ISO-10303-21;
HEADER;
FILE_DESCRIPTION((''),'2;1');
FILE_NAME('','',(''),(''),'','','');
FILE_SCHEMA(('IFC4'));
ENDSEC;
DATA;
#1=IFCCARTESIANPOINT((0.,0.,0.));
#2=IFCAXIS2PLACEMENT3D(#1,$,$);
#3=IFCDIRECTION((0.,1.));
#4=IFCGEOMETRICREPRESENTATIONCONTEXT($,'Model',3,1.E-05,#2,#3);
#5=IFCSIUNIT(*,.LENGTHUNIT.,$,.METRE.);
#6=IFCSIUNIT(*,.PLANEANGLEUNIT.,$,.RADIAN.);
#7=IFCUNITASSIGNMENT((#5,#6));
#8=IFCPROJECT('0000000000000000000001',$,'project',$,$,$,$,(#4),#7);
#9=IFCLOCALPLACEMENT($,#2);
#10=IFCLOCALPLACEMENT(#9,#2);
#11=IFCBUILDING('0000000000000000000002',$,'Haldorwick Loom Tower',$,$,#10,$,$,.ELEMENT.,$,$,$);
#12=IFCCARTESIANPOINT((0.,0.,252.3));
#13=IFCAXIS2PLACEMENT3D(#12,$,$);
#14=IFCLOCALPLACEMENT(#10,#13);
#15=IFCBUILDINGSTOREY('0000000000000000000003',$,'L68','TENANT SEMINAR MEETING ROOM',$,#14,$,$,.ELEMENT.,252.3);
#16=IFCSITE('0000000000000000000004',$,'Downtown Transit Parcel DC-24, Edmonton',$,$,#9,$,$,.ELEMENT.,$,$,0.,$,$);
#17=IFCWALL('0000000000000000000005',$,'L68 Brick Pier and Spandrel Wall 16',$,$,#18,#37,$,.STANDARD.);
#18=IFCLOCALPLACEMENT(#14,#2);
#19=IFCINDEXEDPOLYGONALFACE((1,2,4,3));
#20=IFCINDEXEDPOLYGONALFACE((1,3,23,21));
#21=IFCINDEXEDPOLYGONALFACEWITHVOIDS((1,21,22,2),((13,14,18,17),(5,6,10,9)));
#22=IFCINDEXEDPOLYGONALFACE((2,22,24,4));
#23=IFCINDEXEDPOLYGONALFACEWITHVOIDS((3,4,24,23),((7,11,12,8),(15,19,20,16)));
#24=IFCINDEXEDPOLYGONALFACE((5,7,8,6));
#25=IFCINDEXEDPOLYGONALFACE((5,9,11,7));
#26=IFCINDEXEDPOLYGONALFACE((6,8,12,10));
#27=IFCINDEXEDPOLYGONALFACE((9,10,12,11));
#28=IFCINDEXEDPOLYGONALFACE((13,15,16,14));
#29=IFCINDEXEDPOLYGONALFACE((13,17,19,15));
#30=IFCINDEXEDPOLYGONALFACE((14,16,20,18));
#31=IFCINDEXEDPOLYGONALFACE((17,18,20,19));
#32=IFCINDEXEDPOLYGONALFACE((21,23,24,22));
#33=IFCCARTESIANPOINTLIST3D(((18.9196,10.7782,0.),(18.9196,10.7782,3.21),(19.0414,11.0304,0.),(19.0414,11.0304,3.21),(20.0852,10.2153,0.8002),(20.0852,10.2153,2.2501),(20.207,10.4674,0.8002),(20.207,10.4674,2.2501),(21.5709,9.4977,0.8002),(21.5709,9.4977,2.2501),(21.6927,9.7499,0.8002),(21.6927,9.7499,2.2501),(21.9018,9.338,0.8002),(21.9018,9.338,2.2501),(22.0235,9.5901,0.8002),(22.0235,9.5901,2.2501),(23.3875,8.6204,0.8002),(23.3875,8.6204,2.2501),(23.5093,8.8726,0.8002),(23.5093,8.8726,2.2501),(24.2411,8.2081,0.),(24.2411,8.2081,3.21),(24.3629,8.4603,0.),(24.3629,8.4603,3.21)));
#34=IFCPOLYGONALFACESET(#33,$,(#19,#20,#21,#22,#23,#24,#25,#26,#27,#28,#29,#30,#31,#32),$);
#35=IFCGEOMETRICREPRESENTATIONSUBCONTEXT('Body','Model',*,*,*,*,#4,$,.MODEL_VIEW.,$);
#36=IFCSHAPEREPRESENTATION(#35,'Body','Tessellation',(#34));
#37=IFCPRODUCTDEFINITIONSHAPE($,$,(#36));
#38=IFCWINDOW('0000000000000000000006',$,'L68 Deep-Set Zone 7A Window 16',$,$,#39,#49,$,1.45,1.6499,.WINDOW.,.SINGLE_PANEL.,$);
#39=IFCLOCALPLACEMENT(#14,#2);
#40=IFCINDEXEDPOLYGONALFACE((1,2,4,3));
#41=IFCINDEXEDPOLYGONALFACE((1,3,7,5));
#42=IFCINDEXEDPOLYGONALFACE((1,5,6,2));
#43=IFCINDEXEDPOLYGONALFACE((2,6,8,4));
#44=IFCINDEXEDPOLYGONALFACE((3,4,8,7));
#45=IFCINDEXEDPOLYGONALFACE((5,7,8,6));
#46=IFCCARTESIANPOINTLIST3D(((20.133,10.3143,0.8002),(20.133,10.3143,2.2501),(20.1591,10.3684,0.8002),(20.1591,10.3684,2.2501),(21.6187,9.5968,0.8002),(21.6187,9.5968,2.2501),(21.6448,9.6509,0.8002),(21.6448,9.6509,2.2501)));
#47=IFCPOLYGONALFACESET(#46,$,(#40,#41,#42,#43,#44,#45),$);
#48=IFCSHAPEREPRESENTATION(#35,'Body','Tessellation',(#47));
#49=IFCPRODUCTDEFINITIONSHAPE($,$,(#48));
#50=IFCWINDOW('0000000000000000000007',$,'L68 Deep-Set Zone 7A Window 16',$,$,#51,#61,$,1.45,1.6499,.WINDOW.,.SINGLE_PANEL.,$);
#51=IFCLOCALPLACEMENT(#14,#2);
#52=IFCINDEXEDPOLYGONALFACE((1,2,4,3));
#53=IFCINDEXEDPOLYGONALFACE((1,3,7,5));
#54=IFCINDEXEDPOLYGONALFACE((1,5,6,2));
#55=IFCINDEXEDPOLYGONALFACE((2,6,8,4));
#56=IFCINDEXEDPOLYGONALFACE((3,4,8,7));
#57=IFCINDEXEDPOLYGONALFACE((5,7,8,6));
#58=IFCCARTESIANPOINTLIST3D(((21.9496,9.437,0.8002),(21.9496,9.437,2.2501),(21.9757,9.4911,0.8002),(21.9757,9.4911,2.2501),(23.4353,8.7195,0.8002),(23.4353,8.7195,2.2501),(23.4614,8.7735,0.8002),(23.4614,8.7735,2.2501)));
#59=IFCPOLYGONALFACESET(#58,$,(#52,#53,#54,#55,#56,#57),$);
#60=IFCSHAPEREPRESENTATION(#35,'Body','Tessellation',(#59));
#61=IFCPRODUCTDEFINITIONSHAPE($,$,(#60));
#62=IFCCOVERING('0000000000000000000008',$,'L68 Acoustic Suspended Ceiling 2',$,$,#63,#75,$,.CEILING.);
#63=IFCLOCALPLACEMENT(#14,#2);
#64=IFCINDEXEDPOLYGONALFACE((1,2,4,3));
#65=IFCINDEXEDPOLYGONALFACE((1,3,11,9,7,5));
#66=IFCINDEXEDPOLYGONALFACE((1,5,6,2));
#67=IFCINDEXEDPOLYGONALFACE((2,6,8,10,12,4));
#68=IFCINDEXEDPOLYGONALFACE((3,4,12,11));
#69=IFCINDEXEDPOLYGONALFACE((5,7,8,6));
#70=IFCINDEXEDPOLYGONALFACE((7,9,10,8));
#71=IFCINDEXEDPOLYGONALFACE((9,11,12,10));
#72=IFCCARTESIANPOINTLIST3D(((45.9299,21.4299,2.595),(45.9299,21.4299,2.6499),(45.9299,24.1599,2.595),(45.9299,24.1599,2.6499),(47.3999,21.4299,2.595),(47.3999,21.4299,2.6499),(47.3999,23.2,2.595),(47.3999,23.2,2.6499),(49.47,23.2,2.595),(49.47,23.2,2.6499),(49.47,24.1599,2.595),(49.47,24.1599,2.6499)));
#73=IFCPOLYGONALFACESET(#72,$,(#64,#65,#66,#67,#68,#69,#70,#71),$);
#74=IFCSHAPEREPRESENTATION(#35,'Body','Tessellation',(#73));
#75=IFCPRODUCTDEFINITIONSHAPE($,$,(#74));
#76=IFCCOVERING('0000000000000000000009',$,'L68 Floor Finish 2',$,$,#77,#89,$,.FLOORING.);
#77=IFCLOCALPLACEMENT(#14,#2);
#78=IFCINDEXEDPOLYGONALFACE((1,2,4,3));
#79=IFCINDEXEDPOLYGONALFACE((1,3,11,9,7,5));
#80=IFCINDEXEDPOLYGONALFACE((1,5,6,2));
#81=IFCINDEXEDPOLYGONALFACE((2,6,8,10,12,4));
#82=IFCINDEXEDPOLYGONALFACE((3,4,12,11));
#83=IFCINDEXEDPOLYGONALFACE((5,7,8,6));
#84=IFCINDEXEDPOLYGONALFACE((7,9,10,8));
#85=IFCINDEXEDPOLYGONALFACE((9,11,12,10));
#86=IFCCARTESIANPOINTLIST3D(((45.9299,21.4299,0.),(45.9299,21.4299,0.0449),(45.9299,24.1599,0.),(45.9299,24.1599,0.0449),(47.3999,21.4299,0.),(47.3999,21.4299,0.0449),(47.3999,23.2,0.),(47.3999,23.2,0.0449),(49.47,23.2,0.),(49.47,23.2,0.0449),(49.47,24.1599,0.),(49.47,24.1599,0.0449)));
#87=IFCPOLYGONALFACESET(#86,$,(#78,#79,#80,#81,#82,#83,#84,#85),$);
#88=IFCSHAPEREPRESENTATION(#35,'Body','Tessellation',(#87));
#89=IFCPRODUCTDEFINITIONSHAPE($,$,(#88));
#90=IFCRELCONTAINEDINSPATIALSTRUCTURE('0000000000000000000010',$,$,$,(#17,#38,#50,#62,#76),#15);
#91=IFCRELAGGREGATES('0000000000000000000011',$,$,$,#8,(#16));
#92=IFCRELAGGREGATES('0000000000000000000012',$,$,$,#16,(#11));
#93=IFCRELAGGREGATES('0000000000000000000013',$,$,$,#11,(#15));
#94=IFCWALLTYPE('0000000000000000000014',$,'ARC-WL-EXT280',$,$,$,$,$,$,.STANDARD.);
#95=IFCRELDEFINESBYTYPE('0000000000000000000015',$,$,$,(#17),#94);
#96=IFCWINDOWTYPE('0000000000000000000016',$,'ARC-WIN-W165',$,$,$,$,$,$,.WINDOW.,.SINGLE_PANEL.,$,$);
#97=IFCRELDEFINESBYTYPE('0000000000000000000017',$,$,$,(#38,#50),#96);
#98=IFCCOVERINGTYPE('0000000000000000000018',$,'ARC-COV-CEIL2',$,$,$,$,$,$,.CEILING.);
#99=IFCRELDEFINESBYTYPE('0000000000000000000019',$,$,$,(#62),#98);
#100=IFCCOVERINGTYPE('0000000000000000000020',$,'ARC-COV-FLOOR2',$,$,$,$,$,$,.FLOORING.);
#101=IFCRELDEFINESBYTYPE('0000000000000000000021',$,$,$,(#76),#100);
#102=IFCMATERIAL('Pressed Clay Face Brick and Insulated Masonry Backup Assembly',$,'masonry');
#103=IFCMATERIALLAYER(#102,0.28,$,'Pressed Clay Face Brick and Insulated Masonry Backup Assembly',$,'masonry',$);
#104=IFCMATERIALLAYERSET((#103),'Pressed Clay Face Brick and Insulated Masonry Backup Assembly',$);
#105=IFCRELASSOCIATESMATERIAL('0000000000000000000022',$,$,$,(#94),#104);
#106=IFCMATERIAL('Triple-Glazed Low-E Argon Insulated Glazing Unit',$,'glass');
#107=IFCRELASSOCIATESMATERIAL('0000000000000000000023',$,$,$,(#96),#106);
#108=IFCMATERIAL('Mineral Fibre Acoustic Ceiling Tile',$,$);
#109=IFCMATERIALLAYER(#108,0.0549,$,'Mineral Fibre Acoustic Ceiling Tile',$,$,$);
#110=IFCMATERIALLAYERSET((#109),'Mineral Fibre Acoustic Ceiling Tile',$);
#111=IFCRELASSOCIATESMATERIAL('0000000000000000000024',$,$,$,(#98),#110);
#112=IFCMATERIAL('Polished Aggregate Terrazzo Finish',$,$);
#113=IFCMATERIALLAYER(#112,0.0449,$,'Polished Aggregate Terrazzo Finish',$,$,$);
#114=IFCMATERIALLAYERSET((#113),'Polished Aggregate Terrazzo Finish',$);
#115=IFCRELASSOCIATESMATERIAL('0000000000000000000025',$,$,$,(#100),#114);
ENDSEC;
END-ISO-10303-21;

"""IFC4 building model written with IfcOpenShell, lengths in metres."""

from ifc_helpers import new_model, si_unit, direction, frame, frame_2d, origin, place, context, subcontext, project, spatial, polyline, rectangle, outline, extrude, material, layer, layer_set, type_object, element, fill, save


model = new_model("IFC4")

# Units and contexts
model_context = context("Model", 3, precision=1e-05, world=origin(), true_north=direction((0.0, 1.0)))
body_context = subcontext(model_context, "Body", "Model", "MODEL_VIEW")
ifc_project = project(units=[si_unit("LENGTHUNIT", "METRE"), si_unit("PLANEANGLEUNIT", "RADIAN")], contexts=[model_context])

# Site, building, storey
site_placement = place(None, origin())
site = spatial("IfcSite", under=ifc_project, at=site_placement, Name="Downtown Transit Parcel DC-24, Edmonton", CompositionType="ELEMENT", RefElevation=0.0)
building_placement = place(site_placement, origin())
building = spatial("IfcBuilding", under=site, at=building_placement, Name="Haldorwick Loom Tower", CompositionType="ELEMENT")
storey_placement = place(building_placement, frame((0.0, 0.0, 252.3)))
storey = spatial("IfcBuildingStorey", under=building, at=storey_placement, Name="L68", Description="TENANT SEMINAR MEETING ROOM", CompositionType="ELEMENT", Elevation=252.3)

# Shared definitions
ifc_material_1 = material(Name="Pressed Clay Face Brick and Insulated Masonry Backup Assembly", Category="masonry")
ifc_layer_1 = layer(ifc_material_1, 0.28, Name="Pressed Clay Face Brick and Insulated Masonry Backup Assembly", Category="masonry")
ifc_layer_set_1 = layer_set([ifc_layer_1], Name="Pressed Clay Face Brick and Insulated Masonry Backup Assembly")
wall_type = type_object("IfcWallType", Name="ARC-WL-EXT280", PredefinedType="STANDARD", material=ifc_layer_set_1)

# Wall, openings, windows
wall_1_placement = place(storey_placement, frame((18.9805, 10.9043, 0.0), z_axis=(0.0, 0.0, 1.0), x_axis=(0.900482, -0.434893, 0.0)))
wall_1 = element("IfcWall", 1, at=wall_1_placement, inside=storey, type_object=wall_type, Name="L68 Brick Pier and Spandrel Wall 16", PredefinedType="STANDARD", context=body_context, shape_type="SweptSolid", body=[
    extrude(rectangle(XDim=5.9097, YDim=0.28, at=frame_2d((2.9548, 0.0))), origin(), (0.0, 0.0, 1.0), 3.21),
])
opening_1_placement = place(wall_1_placement, frame((1.2944, 0.0, 0.8)))
opening_1 = element("IfcOpeningElement", 2, at=opening_1_placement, cuts=wall_1, PredefinedType="OPENING", context=body_context, shape_type="SweptSolid", body=[
    extrude(rectangle(XDim=1.6499, YDim=1.45, at=frame_2d((0.825, 0.7251))), frame((0.0, 0.1499, 0.0), z_axis=(0.0, -1.0, 0.0), x_axis=(1.0, 0.0, 0.0)), (0.0, 0.0, 1.0), 0.3),
])
opening_2_placement = place(wall_1_placement, frame((3.3118, 0.0, 0.8)))
opening_2 = element("IfcOpeningElement", 3, at=opening_2_placement, cuts=wall_1, PredefinedType="OPENING", context=body_context, shape_type="SweptSolid", body=[
    extrude(rectangle(XDim=1.6499, YDim=1.45, at=frame_2d((0.825, 0.7251))), frame((0.0, 0.1499, 0.0), z_axis=(0.0, -1.0, 0.0), x_axis=(1.0, 0.0, 0.0)), (0.0, 0.0, 1.0), 0.3),
])
ifc_material_2 = material(Name="Triple-Glazed Low-E Argon Insulated Glazing Unit", Category="glass")
window_type = type_object("IfcWindowType", Name="ARC-WIN-W165", PartitioningType="SINGLE_PANEL", PredefinedType="WINDOW", material=ifc_material_2)
window_1_placement = place(opening_1_placement, origin())
window_1 = element("IfcWindow", 4, at=window_1_placement, inside=storey, type_object=window_type, Name="L68 Deep-Set Zone 7A Window 16", OverallHeight=1.45, OverallWidth=1.6499, PartitioningType="SINGLE_PANEL", PredefinedType="WINDOW", context=body_context, shape_type="SweptSolid", body=[
    extrude(rectangle(XDim=1.6499, YDim=1.45, at=frame_2d((0.825, 0.7251))), frame((0.0, 0.03, 0.0), z_axis=(0.0, -1.0, 0.0), x_axis=(1.0, 0.0, 0.0)), (0.0, 0.0, 1.0), 0.0601),
])
fill(opening_1, window_1)
window_2_placement = place(opening_2_placement, origin())
window_2 = element("IfcWindow", 5, at=window_2_placement, inside=storey, type_object=window_type, Name="L68 Deep-Set Zone 7A Window 16", OverallHeight=1.45, OverallWidth=1.6499, PartitioningType="SINGLE_PANEL", PredefinedType="WINDOW", context=body_context, shape_type="SweptSolid", body=[
    extrude(rectangle(XDim=1.6499, YDim=1.45, at=frame_2d((0.825, 0.7251))), frame((0.0, 0.03, 0.0), z_axis=(0.0, -1.0, 0.0), x_axis=(1.0, 0.0, 0.0)), (0.0, 0.0, 1.0), 0.0601),
])
fill(opening_2, window_2)

# Coverings
ifc_material_3 = material(Name="Mineral Fibre Acoustic Ceiling Tile")
ifc_layer_2 = layer(ifc_material_3, 0.0549, Name="Mineral Fibre Acoustic Ceiling Tile")
ifc_layer_set_2 = layer_set([ifc_layer_2], Name="Mineral Fibre Acoustic Ceiling Tile")
covering_type_1 = type_object("IfcCoveringType", Name="ARC-COV-CEIL2", PredefinedType="CEILING", material=ifc_layer_set_2)
covering_1_placement = place(storey_placement, frame((0.0, 0.0, 2.595)))
element("IfcCovering", 6, at=covering_1_placement, inside=storey, type_object=covering_type_1, Name="L68 Acoustic Suspended Ceiling 2", PredefinedType="CEILING", context=body_context, shape_type="SweptSolid", body=[
    extrude(outline(polyline([(45.9299, 21.4299), (47.3999, 21.4299), (47.3999, 23.2), (49.47, 23.2), (49.47, 24.1599), (45.9299, 24.1599), (45.9299, 21.4299)])), origin(), (0.0, 0.0, 1.0), 0.0549),
])
ifc_material_4 = material(Name="Polished Aggregate Terrazzo Finish")
ifc_layer_3 = layer(ifc_material_4, 0.0449, Name="Polished Aggregate Terrazzo Finish")
ifc_layer_set_3 = layer_set([ifc_layer_3], Name="Polished Aggregate Terrazzo Finish")
covering_type_2 = type_object("IfcCoveringType", Name="ARC-COV-FLOOR2", PredefinedType="FLOORING", material=ifc_layer_set_3)
covering_2_placement = place(storey_placement, origin())
element("IfcCovering", 7, at=covering_2_placement, inside=storey, type_object=covering_type_2, Name="L68 Floor Finish 2", PredefinedType="FLOORING", context=body_context, shape_type="SweptSolid", body=[
    extrude(outline(polyline([(45.9299, 21.4299), (47.3999, 21.4299), (47.3999, 23.2), (49.47, 23.2), (49.47, 24.1599), (45.9299, 24.1599), (45.9299, 21.4299)])), origin(), (0.0, 0.0, 1.0), 0.0449),
])

save(model, "model.ifc")
